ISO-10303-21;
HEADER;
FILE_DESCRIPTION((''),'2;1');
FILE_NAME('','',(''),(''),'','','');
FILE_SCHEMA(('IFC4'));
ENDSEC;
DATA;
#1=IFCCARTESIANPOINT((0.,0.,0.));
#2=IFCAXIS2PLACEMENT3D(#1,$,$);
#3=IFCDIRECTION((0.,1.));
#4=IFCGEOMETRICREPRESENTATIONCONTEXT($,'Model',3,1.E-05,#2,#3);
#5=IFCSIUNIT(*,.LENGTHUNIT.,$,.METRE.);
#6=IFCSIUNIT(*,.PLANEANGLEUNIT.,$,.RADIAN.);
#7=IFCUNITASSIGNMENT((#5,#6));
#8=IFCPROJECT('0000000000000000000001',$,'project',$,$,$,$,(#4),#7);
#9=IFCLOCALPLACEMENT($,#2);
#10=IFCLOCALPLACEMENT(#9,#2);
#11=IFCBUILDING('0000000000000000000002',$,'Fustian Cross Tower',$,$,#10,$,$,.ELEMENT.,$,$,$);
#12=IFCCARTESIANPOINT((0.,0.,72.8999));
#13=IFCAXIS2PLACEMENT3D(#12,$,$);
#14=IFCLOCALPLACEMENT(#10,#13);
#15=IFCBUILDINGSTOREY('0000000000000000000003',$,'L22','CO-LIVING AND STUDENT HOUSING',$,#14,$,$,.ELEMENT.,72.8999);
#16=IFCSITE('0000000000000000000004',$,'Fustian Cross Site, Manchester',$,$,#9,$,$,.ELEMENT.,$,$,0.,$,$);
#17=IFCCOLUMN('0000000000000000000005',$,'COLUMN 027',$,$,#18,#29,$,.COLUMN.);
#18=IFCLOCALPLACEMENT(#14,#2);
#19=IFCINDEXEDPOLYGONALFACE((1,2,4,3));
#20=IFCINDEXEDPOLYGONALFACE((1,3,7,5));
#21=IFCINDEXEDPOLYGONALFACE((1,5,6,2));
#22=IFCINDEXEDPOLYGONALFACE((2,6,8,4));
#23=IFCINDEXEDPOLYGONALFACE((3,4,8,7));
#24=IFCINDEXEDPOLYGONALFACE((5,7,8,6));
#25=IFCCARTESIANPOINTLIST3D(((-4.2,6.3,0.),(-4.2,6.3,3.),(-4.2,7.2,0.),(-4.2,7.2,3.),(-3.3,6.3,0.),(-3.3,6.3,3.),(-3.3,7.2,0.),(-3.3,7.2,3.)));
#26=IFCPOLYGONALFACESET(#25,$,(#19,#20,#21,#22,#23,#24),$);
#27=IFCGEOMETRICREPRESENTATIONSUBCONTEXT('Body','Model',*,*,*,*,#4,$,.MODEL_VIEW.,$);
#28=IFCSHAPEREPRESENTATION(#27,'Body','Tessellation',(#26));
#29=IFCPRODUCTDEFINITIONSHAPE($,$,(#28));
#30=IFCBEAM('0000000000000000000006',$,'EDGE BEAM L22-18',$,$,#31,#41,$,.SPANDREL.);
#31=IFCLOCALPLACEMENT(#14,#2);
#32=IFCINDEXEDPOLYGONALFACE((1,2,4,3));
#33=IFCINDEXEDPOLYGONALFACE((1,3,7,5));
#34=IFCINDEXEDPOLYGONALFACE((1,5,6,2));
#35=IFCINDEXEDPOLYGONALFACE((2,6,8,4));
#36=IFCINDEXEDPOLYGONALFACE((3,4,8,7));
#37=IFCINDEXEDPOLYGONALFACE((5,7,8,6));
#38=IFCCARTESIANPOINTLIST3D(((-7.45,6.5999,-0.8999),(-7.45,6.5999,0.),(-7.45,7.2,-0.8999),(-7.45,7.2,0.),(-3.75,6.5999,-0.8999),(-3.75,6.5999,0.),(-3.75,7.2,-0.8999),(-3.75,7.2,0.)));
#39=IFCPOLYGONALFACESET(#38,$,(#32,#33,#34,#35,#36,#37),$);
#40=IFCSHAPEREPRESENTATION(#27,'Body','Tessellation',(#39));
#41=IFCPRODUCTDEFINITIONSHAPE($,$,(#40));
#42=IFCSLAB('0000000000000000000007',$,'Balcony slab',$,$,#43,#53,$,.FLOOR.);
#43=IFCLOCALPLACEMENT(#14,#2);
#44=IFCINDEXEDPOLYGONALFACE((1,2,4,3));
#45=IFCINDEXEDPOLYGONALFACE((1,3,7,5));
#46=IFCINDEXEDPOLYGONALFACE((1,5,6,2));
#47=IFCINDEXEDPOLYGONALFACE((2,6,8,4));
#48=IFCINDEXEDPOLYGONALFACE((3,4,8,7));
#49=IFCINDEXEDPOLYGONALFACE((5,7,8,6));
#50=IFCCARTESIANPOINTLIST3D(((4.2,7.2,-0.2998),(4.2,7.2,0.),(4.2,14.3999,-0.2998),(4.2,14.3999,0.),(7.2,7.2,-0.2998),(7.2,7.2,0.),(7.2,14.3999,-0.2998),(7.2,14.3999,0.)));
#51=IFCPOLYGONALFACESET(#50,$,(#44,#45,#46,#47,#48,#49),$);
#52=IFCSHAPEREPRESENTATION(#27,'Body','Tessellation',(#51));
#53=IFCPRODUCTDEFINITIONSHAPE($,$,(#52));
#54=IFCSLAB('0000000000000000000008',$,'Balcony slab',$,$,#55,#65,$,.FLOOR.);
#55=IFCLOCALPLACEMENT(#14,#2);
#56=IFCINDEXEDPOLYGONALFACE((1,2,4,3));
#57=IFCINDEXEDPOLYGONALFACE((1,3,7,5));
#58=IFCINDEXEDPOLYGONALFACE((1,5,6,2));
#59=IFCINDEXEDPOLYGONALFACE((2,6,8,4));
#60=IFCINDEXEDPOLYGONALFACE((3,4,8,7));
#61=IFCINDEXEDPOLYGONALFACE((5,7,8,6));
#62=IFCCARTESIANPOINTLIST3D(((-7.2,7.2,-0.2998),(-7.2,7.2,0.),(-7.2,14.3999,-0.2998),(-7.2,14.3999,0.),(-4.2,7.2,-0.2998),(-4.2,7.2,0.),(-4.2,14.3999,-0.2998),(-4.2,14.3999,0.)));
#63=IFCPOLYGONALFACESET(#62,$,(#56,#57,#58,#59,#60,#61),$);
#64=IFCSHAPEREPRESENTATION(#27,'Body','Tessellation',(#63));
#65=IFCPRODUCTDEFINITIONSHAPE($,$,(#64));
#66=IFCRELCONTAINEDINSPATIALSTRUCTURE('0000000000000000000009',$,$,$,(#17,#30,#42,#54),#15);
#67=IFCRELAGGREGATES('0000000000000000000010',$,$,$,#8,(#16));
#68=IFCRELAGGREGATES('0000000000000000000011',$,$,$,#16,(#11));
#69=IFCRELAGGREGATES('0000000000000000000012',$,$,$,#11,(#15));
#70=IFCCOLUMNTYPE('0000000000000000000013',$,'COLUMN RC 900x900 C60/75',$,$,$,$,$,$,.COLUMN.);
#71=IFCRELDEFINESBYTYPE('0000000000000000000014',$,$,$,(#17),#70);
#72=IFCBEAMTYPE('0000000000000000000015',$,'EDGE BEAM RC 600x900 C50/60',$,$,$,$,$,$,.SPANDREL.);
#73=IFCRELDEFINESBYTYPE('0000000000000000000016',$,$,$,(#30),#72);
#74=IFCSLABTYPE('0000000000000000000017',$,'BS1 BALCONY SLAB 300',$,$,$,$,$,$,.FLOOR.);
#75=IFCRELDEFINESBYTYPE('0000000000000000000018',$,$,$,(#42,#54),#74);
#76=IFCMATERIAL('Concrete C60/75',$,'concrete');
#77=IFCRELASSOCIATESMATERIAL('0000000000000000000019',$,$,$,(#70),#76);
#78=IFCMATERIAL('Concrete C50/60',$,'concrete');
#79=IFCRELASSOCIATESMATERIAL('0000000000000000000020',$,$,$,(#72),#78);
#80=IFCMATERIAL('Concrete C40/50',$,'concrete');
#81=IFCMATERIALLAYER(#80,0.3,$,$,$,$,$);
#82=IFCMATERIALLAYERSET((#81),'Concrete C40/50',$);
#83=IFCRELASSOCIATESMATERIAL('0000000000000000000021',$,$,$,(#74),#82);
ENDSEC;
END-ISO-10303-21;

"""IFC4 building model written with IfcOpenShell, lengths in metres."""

from ifc_helpers import new_model, si_unit, direction, frame, origin, origin_2d, place, context, subcontext, project, spatial, polyline, rectangle, outline, extrude, material, layer, layer_set, material_profile, profile_set, type_object, element, save


model = new_model("IFC4")

# Units and contexts
model_context = context("Model", 3, precision=1e-05, world=origin(), true_north=direction((0.0, 1.0)))
body_context = subcontext(model_context, "Body", "Model", "MODEL_VIEW")
ifc_project = project(units=[si_unit("LENGTHUNIT", "METRE"), si_unit("PLANEANGLEUNIT", "RADIAN")], contexts=[model_context])

# Site, building, storey
site_placement = place(None, origin())
site = spatial("IfcSite", under=ifc_project, at=site_placement, Name="Fustian Cross Site, Manchester", CompositionType="ELEMENT", RefElevation=0.0)
building_placement = place(site_placement, origin())
building = spatial("IfcBuilding", under=site, at=building_placement, Name="Fustian Cross Tower", CompositionType="ELEMENT")
storey_placement = place(building_placement, frame((0.0, 0.0, 72.8999)))
storey = spatial("IfcBuildingStorey", under=building, at=storey_placement, Name="L22", Description="CO-LIVING AND STUDENT HOUSING", CompositionType="ELEMENT", Elevation=72.8999)

# Column
ifc_material_1 = material(Name="Concrete C60/75", Category="concrete")
ifc_material_profile_1 = material_profile(ifc_material_1, rectangle(XDim=0.8999, YDim=0.8999, at=origin_2d()), Name="RC 900x900")
ifc_profile_set_1 = profile_set([ifc_material_profile_1], Name="Concrete C60/75")
column_type = type_object("IfcColumnType", Name="COLUMN RC 900x900 C60/75", PredefinedType="COLUMN", material=ifc_profile_set_1)
column_placement = place(storey_placement, frame((-3.75, 6.75, 0.0), z_axis=(0.0, 0.0, 1.0), x_axis=(1.0, 0.0, 0.0)))
element("IfcColumn", 1, at=column_placement, inside=storey, type_object=column_type, Name="COLUMN 027", PredefinedType="COLUMN", context=body_context, shape_type="SweptSolid", body=[
    extrude(rectangle(XDim=0.8999, YDim=0.8999, at=origin_2d()), origin(), (0.0, 0.0, 1.0), 3.0),
])

# Beam
ifc_material_2 = material(Name="Concrete C50/60", Category="concrete")
ifc_material_profile_2 = material_profile(ifc_material_2, rectangle(XDim=0.6001, YDim=0.8999, at=origin_2d()), Name="RC 600x900")
ifc_profile_set_2 = profile_set([ifc_material_profile_2], Name="Concrete C50/60")
beam_type = type_object("IfcBeamType", Name="EDGE BEAM RC 600x900 C50/60", PredefinedType="SPANDREL", material=ifc_profile_set_2)
beam_placement = place(storey_placement, frame((-3.75, 6.8999, -0.45), z_axis=(-1.0, 0.0, 0.0), x_axis=(0.0, -1.0, 0.0)))
element("IfcBeam", 2, at=beam_placement, inside=storey, type_object=beam_type, Name="EDGE BEAM L22-18", PredefinedType="SPANDREL", context=body_context, shape_type="SweptSolid", body=[
    extrude(rectangle(XDim=0.6001, YDim=0.8999, at=origin_2d()), origin(), (0.0, 0.0, 1.0), 3.7),
])

# Slabs
ifc_material_3 = material(Name="Concrete C40/50", Category="concrete")
ifc_layer_1 = layer(ifc_material_3, 0.3)
ifc_layer_set_1 = layer_set([ifc_layer_1], Name="Concrete C40/50")
slab_type_1 = type_object("IfcSlabType", Name="BS1 BALCONY SLAB 300", PredefinedType="FLOOR", material=ifc_layer_set_1)
slab_1_placement = place(storey_placement, frame((0.0, 0.0, -0.2998)))
element("IfcSlab", 3, at=slab_1_placement, inside=storey, type_object=slab_type_1, Name="Balcony slab", PredefinedType="FLOOR", context=body_context, shape_type="SweptSolid", body=[
    extrude(outline(polyline([(4.2, 7.2), (7.2, 7.2), (7.2, 14.3999), (4.2, 14.3999), (4.2, 7.2)])), origin(), (0.0, 0.0, 1.0), 0.2998),
])
slab_2_placement = place(storey_placement, frame((0.0, 0.0, -0.2998)))
element("IfcSlab", 4, at=slab_2_placement, inside=storey, type_object=slab_type_1, Name="Balcony slab", PredefinedType="FLOOR", context=body_context, shape_type="SweptSolid", body=[
    extrude(outline(polyline([(-7.2, 7.2), (-4.2, 7.2), (-4.2, 14.3999), (-7.2, 14.3999), (-7.2, 7.2)])), origin(), (0.0, 0.0, 1.0), 0.2998),
])

save(model, "model.ifc")
